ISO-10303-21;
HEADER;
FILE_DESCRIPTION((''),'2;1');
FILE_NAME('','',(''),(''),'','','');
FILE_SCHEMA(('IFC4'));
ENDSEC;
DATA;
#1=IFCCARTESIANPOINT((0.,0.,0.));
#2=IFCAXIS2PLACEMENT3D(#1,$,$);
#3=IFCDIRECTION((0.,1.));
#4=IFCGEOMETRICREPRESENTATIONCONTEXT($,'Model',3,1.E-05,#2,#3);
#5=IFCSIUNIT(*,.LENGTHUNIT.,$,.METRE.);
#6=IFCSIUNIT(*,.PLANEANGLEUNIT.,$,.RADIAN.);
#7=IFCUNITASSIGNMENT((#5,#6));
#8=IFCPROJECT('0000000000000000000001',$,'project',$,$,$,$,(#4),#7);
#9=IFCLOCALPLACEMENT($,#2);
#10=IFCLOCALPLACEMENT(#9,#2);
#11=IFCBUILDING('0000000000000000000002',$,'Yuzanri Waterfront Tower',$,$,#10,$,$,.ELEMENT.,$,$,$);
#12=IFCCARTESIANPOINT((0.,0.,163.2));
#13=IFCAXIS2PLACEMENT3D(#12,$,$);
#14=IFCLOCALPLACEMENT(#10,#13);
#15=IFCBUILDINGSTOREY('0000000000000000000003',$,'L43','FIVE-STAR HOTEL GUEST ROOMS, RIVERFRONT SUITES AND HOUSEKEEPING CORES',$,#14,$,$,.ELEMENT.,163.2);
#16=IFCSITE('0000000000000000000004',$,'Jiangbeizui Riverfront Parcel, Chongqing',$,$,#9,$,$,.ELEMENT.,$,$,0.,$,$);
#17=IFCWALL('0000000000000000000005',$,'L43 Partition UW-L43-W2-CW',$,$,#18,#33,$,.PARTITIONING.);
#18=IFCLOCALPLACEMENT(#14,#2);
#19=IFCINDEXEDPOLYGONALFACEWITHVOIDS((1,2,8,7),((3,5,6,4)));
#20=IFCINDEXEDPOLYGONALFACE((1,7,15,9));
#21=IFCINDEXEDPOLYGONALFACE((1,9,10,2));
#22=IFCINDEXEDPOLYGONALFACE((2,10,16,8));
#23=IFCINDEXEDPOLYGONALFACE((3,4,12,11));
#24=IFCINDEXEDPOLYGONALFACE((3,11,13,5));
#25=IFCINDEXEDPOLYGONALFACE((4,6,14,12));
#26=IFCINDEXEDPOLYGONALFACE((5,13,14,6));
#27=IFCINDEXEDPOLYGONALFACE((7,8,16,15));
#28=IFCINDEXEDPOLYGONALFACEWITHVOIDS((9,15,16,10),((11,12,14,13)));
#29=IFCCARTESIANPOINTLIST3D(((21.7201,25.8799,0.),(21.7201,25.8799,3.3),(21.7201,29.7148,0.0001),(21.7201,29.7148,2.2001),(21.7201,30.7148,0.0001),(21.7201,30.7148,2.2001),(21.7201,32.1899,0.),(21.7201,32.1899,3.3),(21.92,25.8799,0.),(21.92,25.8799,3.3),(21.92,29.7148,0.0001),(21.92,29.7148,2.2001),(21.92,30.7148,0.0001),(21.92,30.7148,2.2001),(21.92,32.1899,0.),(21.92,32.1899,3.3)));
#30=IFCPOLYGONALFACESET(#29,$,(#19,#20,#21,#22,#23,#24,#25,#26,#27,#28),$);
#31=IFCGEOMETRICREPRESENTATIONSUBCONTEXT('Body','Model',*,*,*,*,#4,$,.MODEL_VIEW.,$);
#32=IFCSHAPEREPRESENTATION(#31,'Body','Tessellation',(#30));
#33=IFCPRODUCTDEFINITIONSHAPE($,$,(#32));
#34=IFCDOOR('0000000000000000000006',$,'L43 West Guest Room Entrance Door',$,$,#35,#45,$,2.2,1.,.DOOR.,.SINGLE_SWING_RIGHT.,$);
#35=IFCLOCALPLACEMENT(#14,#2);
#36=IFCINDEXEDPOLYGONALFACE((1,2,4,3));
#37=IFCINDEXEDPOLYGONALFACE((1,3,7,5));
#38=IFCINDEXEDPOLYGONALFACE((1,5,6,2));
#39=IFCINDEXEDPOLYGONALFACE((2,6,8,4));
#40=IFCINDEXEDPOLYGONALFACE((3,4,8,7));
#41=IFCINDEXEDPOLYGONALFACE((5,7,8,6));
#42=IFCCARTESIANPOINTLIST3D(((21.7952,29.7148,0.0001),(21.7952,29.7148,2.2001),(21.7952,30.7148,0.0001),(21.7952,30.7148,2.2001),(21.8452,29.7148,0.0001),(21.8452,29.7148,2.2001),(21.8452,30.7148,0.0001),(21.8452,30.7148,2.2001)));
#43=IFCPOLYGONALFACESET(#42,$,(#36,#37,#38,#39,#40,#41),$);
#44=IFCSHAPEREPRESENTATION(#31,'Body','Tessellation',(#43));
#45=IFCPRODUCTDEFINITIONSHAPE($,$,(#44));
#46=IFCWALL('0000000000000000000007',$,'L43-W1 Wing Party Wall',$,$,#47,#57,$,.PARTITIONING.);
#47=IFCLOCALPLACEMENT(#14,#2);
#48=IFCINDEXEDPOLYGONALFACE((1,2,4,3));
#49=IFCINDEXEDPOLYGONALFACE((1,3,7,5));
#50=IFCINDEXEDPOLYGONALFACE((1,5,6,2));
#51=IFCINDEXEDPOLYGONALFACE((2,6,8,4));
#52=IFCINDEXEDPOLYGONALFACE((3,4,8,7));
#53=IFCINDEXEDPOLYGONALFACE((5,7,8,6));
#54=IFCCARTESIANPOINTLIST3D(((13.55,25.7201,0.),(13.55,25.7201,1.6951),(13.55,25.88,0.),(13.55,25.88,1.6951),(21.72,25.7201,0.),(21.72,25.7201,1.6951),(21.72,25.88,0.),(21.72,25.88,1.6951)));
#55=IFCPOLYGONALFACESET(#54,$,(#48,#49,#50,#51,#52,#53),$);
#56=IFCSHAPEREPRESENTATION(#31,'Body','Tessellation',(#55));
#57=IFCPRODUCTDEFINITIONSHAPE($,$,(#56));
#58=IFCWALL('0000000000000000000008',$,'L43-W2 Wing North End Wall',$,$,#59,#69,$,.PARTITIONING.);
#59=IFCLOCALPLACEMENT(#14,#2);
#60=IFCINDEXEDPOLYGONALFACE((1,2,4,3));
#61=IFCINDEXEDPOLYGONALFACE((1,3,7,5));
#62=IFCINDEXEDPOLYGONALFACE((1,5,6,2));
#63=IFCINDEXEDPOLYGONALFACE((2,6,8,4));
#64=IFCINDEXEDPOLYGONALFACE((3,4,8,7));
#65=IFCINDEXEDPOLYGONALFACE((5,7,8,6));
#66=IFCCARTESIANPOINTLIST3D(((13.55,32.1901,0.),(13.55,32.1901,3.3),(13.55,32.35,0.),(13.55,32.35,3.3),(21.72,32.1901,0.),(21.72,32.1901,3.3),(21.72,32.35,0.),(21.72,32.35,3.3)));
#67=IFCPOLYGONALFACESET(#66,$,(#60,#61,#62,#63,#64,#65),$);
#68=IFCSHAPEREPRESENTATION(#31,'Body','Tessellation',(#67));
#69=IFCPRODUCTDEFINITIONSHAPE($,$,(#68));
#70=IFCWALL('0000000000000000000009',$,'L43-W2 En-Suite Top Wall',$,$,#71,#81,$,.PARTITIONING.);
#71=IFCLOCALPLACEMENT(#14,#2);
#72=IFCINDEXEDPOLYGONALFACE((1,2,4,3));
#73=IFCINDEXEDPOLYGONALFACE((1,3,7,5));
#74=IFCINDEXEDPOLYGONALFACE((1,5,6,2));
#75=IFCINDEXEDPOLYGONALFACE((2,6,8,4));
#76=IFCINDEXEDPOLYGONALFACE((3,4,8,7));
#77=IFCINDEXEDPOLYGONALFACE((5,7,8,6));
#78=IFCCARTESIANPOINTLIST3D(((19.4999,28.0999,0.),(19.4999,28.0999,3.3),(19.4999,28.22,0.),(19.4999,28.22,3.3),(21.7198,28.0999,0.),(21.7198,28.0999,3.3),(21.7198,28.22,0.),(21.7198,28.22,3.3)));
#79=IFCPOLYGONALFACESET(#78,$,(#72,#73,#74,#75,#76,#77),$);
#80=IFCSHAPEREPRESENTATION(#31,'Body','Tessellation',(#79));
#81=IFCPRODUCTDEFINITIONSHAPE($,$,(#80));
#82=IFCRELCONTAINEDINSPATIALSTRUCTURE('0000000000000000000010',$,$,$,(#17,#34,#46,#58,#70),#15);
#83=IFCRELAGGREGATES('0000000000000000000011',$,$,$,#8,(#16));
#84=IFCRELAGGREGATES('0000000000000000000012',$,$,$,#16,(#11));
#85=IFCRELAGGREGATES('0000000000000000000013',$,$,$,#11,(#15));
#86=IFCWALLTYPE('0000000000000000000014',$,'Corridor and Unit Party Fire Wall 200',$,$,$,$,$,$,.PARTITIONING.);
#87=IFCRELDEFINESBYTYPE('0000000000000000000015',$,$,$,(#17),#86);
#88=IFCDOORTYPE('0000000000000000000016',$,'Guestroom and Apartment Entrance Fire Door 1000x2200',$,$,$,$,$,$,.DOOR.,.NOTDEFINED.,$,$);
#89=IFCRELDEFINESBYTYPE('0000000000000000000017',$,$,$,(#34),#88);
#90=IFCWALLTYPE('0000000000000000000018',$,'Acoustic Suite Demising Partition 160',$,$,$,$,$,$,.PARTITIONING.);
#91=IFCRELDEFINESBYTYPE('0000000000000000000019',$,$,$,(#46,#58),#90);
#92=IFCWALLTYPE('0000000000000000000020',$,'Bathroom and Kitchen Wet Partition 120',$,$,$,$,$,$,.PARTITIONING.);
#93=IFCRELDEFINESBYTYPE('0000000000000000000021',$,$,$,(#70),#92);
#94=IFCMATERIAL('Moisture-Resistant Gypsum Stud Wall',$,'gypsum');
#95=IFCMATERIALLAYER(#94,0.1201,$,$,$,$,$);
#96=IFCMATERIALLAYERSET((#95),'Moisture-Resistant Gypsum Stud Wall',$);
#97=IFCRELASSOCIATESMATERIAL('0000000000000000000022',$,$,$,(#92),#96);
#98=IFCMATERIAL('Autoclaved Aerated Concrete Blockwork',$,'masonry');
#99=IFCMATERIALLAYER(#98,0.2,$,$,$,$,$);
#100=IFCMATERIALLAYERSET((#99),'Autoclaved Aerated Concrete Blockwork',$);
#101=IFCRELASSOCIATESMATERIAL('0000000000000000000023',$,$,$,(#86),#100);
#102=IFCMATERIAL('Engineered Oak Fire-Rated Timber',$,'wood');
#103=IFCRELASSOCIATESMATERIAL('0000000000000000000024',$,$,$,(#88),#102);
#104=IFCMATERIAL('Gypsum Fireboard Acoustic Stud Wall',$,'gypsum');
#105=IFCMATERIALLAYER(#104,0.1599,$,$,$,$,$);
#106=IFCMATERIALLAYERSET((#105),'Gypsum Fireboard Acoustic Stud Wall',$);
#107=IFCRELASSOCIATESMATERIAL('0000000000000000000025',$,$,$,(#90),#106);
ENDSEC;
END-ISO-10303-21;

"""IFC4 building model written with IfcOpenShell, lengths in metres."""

from ifc_helpers import new_model, si_unit, direction, frame, frame_2d, origin, place, context, subcontext, project, spatial, rectangle, extrude, source, transform, mapped, material, layer, layer_set, type_object, element, fill, save


model = new_model("IFC4")

# Units and contexts
model_context = context("Model", 3, precision=1e-05, world=origin(), true_north=direction((0.0, 1.0)))
body_context = subcontext(model_context, "Body", "Model", "MODEL_VIEW")
ifc_project = project(units=[si_unit("LENGTHUNIT", "METRE"), si_unit("PLANEANGLEUNIT", "RADIAN")], contexts=[model_context])

# Site, building, storey
site_placement = place(None, origin())
site = spatial("IfcSite", under=ifc_project, at=site_placement, Name="Jiangbeizui Riverfront Parcel, Chongqing", CompositionType="ELEMENT", RefElevation=0.0)
building_placement = place(site_placement, origin())
building = spatial("IfcBuilding", under=site, at=building_placement, Name="Yuzanri Waterfront Tower", CompositionType="ELEMENT")
storey_placement = place(building_placement, frame((0.0, 0.0, 163.2)))
storey = spatial("IfcBuildingStorey", under=building, at=storey_placement, Name="L43", Description="FIVE-STAR HOTEL GUEST ROOMS, RIVERFRONT SUITES AND HOUSEKEEPING CORES", CompositionType="ELEMENT", Elevation=163.2)

# Shared definitions
ifc_material_1 = material(Name="Moisture-Resistant Gypsum Stud Wall", Category="gypsum")
ifc_layer_1 = layer(ifc_material_1, 0.1201)
ifc_layer_set_1 = layer_set([ifc_layer_1], Name="Moisture-Resistant Gypsum Stud Wall")
wall_type_1 = type_object("IfcWallType", Name="Bathroom and Kitchen Wet Partition 120", PredefinedType="PARTITIONING", material=ifc_layer_set_1)

# Wall, opening, door
ifc_material_2 = material(Name="Autoclaved Aerated Concrete Blockwork", Category="masonry")
ifc_layer_2 = layer(ifc_material_2, 0.2)
ifc_layer_set_2 = layer_set([ifc_layer_2], Name="Autoclaved Aerated Concrete Blockwork")
wall_type_2 = type_object("IfcWallType", Name="Corridor and Unit Party Fire Wall 200", PredefinedType="PARTITIONING", material=ifc_layer_set_2)
wall_1_placement = place(storey_placement, frame((21.8201, 25.8799, 0.0), z_axis=(0.0, 0.0, 1.0), x_axis=(0.0, 1.0, 0.0)))
wall_1 = element("IfcWall", 1, at=wall_1_placement, inside=storey, type_object=wall_type_2, Name="L43 Partition UW-L43-W2-CW", PredefinedType="PARTITIONING", context=body_context, shape_type="SweptSolid", body=[
    extrude(rectangle(XDim=6.3101, YDim=0.2, at=frame_2d((3.155, 0.0))), origin(), (0.0, 0.0, 1.0), 3.3),
])
opening_1_placement = place(wall_1_placement, frame((3.835, 0.0, 0.0)))
opening_1 = element("IfcOpeningElement", 2, at=opening_1_placement, cuts=wall_1, PredefinedType="OPENING", context=body_context, shape_type="SweptSolid", body=[
    extrude(rectangle(XDim=1.0, YDim=2.2, at=frame_2d((0.5, 1.1001))), frame((0.0, 0.1147, 0.0), z_axis=(0.0, -1.0, 0.0), x_axis=(1.0, 0.0, 0.0)), (0.0, 0.0, 1.0), 0.2297),
])
ifc_material_3 = material(Name="Engineered Oak Fire-Rated Timber", Category="wood")
door_type_1 = type_object("IfcDoorType", Name="Guestroom and Apartment Entrance Fire Door 1000x2200", OperationType="NOTDEFINED", PredefinedType="DOOR", material=ifc_material_3)
shared_shape_1 = source(origin(), body_context, "Body", "SweptSolid", [
    extrude(rectangle(XDim=1.0, YDim=2.2, at=frame_2d((0.5, 1.1001))), frame((0.0, 0.0249, 0.0), z_axis=(0.0, -1.0, 0.0), x_axis=(1.0, 0.0, 0.0)), (0.0, 0.0, 1.0), 0.05),
])
door_1_placement = place(opening_1_placement, origin())
door_1 = element("IfcDoor", 3, at=door_1_placement, inside=storey, type_object=door_type_1, Name="L43 West Guest Room Entrance Door", OperationType="SINGLE_SWING_RIGHT", OverallHeight=2.2, OverallWidth=1.0, PredefinedType="DOOR", context=body_context, shape_type="MappedRepresentation", body=[
    mapped(shared_shape_1, transform((0.0, 0.0, 0.0), scale=1.0)),
])
fill(opening_1, door_1)

# Walls
ifc_material_4 = material(Name="Gypsum Fireboard Acoustic Stud Wall", Category="gypsum")
ifc_layer_3 = layer(ifc_material_4, 0.1599)
ifc_layer_set_3 = layer_set([ifc_layer_3], Name="Gypsum Fireboard Acoustic Stud Wall")
wall_type_3 = type_object("IfcWallType", Name="Acoustic Suite Demising Partition 160", PredefinedType="PARTITIONING", material=ifc_layer_set_3)
shared_shape_2 = source(origin(), body_context, "Body", "SweptSolid", [
    extrude(rectangle(XDim=8.1699, YDim=0.1599, at=frame_2d((4.085, 0.0))), origin(), (0.0, 0.0, 1.0), 1.6951),
])
wall_2_placement = place(storey_placement, frame((13.55, 25.8, 0.0), z_axis=(0.0, 0.0, 1.0), x_axis=(1.0, 0.0, 0.0)))
element("IfcWall", 4, at=wall_2_placement, inside=storey, type_object=wall_type_3, Name="L43-W1 Wing Party Wall", PredefinedType="PARTITIONING", context=body_context, shape_type="MappedRepresentation", body=[
    mapped(shared_shape_2, transform((0.0, 0.0, 0.0), scale=1.0)),
])
shared_shape_3 = source(origin(), body_context, "Body", "SweptSolid", [
    extrude(rectangle(XDim=8.1699, YDim=0.1599, at=frame_2d((4.085, 0.0))), origin(), (0.0, 0.0, 1.0), 3.3),
])
wall_3_placement = place(storey_placement, frame((13.55, 32.27, 0.0), z_axis=(0.0, 0.0, 1.0), x_axis=(1.0, 0.0, 0.0)))
element("IfcWall", 5, at=wall_3_placement, inside=storey, type_object=wall_type_3, Name="L43-W2 Wing North End Wall", PredefinedType="PARTITIONING", context=body_context, shape_type="MappedRepresentation", body=[
    mapped(shared_shape_3, transform((0.0, 0.0, 0.0), scale=1.0)),
])
shared_shape_4 = source(origin(), body_context, "Body", "SweptSolid", [
    extrude(rectangle(XDim=2.22, YDim=0.1201, at=frame_2d((1.1099, 0.0))), origin(), (0.0, 0.0, 1.0), 3.3),
])
wall_4_placement = place(storey_placement, frame((19.5, 28.1599, 0.0), z_axis=(0.0, 0.0, 1.0), x_axis=(1.0, 0.0, 0.0)))
element("IfcWall", 6, at=wall_4_placement, inside=storey, type_object=wall_type_1, Name="L43-W2 En-Suite Top Wall", PredefinedType="PARTITIONING", context=body_context, shape_type="MappedRepresentation", body=[
    mapped(shared_shape_4, transform((0.0, 0.0, 0.0), scale=1.0)),
])

save(model, "model.ifc")
